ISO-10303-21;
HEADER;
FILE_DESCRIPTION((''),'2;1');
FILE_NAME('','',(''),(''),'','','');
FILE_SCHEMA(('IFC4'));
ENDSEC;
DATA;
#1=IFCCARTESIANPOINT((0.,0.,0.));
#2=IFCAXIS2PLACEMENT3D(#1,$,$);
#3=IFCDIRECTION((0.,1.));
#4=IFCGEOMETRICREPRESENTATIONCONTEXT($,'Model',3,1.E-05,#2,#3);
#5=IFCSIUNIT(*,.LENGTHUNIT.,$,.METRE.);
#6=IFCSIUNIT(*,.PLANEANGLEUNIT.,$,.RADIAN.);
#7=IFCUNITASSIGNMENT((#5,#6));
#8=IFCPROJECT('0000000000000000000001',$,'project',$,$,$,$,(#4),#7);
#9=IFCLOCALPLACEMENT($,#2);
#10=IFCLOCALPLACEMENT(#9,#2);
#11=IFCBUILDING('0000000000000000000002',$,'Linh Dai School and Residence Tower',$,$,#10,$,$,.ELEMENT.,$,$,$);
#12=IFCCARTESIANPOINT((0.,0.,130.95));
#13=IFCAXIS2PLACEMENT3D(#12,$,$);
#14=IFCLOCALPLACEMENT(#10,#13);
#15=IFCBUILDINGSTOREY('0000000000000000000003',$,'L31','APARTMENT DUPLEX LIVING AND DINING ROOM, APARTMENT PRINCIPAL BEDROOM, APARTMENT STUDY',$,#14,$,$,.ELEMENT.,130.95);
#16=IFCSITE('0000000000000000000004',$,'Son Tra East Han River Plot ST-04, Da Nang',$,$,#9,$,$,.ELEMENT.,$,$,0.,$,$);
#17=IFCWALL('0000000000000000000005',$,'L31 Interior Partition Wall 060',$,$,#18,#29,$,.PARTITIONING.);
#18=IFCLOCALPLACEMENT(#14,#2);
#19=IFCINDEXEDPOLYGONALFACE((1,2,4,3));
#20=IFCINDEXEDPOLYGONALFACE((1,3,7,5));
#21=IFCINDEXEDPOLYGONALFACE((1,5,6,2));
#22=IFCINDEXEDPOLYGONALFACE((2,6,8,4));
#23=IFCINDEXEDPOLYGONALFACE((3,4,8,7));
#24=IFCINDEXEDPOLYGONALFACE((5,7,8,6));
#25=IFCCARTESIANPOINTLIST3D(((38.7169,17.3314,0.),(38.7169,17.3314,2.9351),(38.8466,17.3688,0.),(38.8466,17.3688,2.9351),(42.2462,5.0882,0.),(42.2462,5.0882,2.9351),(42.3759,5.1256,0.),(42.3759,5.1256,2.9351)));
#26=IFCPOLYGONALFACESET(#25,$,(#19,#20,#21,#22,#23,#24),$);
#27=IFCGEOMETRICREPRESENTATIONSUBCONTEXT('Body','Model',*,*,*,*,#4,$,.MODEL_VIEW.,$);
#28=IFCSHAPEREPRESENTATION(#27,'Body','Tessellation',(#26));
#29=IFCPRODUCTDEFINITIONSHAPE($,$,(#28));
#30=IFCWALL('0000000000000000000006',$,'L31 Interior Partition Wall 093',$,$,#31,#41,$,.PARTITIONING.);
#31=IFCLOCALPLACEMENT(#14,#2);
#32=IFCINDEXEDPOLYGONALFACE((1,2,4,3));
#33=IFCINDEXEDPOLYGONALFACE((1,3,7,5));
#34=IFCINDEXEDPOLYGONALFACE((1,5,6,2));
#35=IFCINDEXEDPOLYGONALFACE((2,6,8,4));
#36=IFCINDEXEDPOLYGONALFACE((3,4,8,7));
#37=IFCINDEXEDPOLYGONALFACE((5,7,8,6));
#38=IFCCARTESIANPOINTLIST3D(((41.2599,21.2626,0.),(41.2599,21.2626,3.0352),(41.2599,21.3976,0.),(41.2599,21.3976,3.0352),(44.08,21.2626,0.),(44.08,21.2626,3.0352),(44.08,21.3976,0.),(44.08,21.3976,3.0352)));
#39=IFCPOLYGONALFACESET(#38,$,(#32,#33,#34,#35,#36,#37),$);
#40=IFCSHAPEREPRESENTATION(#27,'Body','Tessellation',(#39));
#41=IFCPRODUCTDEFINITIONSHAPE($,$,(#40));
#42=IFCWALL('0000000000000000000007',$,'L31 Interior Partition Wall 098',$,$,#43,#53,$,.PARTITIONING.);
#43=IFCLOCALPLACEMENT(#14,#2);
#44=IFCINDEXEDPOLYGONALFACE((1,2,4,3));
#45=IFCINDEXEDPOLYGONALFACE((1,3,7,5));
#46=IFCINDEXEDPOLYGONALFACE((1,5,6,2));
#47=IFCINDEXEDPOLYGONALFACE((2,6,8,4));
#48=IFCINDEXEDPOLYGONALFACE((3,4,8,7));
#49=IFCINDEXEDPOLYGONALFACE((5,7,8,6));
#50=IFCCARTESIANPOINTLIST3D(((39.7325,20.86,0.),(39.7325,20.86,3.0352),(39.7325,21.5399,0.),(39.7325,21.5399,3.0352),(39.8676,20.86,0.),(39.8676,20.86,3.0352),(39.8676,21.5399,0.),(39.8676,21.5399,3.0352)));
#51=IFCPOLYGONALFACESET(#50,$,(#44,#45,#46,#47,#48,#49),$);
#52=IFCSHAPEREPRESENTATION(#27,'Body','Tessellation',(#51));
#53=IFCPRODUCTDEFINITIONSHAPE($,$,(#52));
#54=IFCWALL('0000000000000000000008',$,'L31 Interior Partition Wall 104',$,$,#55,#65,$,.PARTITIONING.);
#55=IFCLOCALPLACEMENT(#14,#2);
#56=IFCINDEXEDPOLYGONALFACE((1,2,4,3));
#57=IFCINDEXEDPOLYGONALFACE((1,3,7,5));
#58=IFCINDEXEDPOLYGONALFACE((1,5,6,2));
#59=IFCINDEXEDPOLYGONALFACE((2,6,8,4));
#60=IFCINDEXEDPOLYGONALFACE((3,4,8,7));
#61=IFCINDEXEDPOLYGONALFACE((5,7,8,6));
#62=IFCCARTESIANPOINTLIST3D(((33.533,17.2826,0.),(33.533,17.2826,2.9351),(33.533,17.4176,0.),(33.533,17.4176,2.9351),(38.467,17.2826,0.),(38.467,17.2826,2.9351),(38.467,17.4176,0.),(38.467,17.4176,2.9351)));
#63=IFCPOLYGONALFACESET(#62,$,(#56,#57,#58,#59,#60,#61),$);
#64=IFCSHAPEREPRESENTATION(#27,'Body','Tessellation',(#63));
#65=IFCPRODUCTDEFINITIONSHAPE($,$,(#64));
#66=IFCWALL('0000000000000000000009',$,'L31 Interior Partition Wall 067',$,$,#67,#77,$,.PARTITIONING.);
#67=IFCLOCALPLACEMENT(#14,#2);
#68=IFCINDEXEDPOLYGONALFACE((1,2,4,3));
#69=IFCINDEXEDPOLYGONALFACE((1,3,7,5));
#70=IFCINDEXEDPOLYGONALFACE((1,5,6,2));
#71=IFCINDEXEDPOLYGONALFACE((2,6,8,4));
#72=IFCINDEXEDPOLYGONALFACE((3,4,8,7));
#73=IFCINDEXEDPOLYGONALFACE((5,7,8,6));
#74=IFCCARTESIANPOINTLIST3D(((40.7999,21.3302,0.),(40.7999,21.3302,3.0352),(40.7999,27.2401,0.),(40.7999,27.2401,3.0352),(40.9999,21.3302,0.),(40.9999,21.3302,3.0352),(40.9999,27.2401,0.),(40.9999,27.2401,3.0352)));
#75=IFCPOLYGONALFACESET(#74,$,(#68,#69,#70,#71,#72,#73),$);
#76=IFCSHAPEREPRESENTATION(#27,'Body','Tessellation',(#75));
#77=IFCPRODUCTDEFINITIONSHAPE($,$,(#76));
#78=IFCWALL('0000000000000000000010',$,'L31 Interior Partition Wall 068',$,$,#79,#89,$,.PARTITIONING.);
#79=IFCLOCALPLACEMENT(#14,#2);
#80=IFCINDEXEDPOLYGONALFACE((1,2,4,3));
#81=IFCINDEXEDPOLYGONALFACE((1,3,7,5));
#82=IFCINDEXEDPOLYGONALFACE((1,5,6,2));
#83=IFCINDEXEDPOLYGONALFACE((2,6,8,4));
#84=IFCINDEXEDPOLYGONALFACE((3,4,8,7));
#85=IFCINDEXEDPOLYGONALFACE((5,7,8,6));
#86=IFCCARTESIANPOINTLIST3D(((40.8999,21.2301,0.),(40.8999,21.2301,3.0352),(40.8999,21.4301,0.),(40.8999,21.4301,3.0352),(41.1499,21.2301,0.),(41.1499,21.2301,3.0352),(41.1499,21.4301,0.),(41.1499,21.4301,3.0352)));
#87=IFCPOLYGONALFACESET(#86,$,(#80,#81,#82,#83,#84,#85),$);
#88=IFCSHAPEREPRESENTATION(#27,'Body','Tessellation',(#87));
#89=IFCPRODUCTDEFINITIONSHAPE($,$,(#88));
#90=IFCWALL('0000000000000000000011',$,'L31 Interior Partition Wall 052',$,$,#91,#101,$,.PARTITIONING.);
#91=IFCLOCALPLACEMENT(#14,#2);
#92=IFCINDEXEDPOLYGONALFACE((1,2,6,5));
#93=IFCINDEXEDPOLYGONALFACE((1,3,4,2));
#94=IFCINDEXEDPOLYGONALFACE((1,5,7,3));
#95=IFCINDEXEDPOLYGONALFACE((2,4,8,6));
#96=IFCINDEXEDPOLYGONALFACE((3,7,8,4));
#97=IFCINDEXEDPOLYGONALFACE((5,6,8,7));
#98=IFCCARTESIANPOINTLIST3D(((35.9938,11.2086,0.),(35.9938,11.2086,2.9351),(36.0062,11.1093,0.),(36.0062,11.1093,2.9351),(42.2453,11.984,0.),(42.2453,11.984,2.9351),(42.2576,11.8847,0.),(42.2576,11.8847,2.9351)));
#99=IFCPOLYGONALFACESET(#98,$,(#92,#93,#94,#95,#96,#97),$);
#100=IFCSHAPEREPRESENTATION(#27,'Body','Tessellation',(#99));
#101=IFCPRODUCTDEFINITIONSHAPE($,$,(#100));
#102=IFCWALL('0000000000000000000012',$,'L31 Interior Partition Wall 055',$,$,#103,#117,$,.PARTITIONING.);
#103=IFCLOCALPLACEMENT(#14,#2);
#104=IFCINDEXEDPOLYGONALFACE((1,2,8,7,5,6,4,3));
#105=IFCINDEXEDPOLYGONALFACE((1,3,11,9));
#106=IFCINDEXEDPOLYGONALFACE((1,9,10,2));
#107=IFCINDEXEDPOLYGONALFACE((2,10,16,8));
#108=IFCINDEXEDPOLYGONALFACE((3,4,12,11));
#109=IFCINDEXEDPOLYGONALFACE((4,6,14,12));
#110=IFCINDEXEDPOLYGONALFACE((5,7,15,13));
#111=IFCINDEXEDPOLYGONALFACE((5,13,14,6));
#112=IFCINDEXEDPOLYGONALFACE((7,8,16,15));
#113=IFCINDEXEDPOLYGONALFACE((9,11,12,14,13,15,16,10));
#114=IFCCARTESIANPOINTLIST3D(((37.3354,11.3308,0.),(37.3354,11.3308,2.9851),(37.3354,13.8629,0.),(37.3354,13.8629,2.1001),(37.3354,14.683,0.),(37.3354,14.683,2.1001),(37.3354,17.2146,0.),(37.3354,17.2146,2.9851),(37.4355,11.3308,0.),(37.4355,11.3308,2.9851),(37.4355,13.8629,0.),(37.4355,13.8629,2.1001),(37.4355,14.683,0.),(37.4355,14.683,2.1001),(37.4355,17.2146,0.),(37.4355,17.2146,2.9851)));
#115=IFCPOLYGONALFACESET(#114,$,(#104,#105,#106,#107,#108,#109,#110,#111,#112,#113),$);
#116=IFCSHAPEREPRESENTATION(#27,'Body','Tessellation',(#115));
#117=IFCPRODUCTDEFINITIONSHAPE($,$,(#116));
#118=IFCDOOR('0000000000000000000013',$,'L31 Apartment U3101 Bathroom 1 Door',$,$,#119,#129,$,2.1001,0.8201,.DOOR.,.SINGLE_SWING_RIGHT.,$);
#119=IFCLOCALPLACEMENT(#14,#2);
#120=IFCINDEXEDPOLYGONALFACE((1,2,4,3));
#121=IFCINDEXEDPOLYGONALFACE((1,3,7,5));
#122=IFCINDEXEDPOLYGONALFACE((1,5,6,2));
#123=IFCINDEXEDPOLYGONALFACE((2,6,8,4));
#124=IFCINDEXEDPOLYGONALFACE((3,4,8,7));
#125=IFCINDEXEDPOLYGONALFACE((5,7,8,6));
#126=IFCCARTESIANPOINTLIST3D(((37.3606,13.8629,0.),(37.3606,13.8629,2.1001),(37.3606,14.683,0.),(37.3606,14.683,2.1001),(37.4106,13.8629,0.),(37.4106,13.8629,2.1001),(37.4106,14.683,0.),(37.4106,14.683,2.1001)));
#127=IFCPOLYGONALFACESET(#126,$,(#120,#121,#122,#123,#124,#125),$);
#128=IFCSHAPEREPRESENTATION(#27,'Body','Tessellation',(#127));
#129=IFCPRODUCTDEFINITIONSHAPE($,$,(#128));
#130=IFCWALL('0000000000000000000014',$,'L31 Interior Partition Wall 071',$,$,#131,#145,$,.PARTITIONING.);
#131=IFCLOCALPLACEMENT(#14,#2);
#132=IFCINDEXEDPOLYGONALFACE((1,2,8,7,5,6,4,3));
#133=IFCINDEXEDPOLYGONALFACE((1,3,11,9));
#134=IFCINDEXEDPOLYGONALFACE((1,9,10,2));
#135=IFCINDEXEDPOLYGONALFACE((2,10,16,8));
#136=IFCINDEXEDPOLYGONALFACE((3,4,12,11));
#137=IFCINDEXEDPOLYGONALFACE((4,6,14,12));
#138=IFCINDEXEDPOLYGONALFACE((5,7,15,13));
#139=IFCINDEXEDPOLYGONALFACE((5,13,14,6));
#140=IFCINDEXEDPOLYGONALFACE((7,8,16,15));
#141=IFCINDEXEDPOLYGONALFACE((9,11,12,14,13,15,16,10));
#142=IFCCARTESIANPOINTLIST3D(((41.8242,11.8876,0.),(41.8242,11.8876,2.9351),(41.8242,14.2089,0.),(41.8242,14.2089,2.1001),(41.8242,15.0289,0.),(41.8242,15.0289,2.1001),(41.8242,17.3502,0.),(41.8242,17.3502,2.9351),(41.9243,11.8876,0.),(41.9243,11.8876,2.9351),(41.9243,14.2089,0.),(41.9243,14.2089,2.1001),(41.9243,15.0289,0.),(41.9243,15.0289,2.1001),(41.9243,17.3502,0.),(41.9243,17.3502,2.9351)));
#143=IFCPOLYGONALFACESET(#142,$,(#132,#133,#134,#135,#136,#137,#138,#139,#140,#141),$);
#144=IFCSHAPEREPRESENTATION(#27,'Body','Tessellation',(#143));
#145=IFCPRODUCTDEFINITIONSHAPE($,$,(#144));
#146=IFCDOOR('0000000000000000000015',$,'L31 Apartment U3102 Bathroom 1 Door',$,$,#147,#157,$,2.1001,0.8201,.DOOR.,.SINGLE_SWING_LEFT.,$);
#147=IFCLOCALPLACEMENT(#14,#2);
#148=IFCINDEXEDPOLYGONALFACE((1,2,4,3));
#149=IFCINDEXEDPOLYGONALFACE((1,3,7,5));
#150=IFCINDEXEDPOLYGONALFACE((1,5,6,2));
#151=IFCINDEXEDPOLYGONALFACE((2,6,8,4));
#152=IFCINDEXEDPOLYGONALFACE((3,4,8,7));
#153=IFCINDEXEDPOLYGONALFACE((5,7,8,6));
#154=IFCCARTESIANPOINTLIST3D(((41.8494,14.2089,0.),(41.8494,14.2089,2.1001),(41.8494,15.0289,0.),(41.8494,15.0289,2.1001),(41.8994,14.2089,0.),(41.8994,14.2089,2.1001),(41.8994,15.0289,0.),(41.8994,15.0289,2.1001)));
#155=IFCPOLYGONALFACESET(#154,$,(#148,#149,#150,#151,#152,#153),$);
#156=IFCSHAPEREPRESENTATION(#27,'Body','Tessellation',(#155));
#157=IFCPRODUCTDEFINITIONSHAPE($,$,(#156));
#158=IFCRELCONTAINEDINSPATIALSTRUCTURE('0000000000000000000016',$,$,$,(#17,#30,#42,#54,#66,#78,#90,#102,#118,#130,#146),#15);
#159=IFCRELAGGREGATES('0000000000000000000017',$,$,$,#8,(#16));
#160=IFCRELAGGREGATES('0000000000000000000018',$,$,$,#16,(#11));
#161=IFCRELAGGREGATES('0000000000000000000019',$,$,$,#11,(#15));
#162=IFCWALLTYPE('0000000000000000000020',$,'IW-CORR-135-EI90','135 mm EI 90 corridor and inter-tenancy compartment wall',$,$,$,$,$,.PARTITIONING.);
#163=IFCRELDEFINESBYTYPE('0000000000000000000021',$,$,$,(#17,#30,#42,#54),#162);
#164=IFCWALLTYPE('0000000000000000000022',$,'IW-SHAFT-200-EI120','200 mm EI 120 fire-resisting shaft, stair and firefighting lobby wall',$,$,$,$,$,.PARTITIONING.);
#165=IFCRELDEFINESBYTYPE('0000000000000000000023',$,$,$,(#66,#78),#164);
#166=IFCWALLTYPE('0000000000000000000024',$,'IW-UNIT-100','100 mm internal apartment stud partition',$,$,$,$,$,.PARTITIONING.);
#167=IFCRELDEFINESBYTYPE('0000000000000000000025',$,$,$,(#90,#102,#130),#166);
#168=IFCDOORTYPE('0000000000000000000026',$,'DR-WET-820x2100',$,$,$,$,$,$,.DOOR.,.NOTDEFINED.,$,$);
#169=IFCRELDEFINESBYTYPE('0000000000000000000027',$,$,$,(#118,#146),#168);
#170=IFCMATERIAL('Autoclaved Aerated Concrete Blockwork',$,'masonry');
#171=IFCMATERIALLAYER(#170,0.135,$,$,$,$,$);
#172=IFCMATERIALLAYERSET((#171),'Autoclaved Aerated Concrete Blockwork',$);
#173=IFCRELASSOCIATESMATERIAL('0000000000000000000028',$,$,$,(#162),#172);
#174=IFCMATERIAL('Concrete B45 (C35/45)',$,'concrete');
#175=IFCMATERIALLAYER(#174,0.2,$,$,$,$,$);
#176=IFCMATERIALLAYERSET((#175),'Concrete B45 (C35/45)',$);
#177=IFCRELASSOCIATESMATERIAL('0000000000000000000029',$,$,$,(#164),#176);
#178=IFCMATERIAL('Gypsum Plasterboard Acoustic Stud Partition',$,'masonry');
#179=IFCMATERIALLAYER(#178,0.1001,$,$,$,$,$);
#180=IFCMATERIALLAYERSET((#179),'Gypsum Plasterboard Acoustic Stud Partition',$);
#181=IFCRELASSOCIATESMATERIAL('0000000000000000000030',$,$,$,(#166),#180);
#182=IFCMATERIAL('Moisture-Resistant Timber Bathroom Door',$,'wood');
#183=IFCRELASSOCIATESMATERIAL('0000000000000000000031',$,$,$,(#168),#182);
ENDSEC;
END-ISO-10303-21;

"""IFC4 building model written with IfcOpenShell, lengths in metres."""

from ifc_helpers import new_model, si_unit, direction, frame, frame_2d, origin, origin_2d, place, context, subcontext, project, spatial, rectangle, extrude, source, transform, mapped, material, layer, layer_set, type_object, element, fill, save


model = new_model("IFC4")

# Units and contexts
model_context = context("Model", 3, precision=1e-05, world=origin(), true_north=direction((0.0, 1.0)))
body_context = subcontext(model_context, "Body", "Model", "MODEL_VIEW")
ifc_project = project(units=[si_unit("LENGTHUNIT", "METRE"), si_unit("PLANEANGLEUNIT", "RADIAN")], contexts=[model_context])

# Site, building, storey
site_placement = place(None, origin())
site = spatial("IfcSite", under=ifc_project, at=site_placement, Name="Son Tra East Han River Plot ST-04, Da Nang", CompositionType="ELEMENT", RefElevation=0.0)
building_placement = place(site_placement, origin())
building = spatial("IfcBuilding", under=site, at=building_placement, Name="Linh Dai School and Residence Tower", CompositionType="ELEMENT")
storey_placement = place(building_placement, frame((0.0, 0.0, 130.95)))
storey = spatial("IfcBuildingStorey", under=building, at=storey_placement, Name="L31", Description="APARTMENT DUPLEX LIVING AND DINING ROOM, APARTMENT PRINCIPAL BEDROOM, APARTMENT STUDY", CompositionType="ELEMENT", Elevation=130.95)

# Walls
ifc_material_1 = material(Name="Autoclaved Aerated Concrete Blockwork", Category="masonry")
ifc_layer_1 = layer(ifc_material_1, 0.135)
ifc_layer_set_1 = layer_set([ifc_layer_1], Name="Autoclaved Aerated Concrete Blockwork")
wall_type_1 = type_object("IfcWallType", Name="IW-CORR-135-EI90", Description="135 mm EI 90 corridor and inter-tenancy compartment wall", PredefinedType="PARTITIONING", material=ifc_layer_set_1)
wall_1_placement = place(storey_placement, frame((38.7817, 17.3501, 0.0), z_axis=(0.0, 0.0, 1.0), x_axis=(0.276988, -0.960873, 0.0)))
element("IfcWall", 1, at=wall_1_placement, inside=storey, type_object=wall_type_1, Name="L31 Interior Partition Wall 060", PredefinedType="PARTITIONING", context=body_context, shape_type="SweptSolid", body=[
    extrude(rectangle(XDim=12.7417, YDim=0.135, at=frame_2d((6.3708, 0.0))), origin(), (0.0, 0.0, 1.0), 2.9351),
])
wall_2_placement = place(storey_placement, frame((44.0801, 21.3301, 0.0), z_axis=(0.0, 0.0, 1.0), x_axis=(-1.0, 0.0, 0.0)))
element("IfcWall", 2, at=wall_2_placement, inside=storey, type_object=wall_type_1, Name="L31 Interior Partition Wall 093", PredefinedType="PARTITIONING", context=body_context, shape_type="SweptSolid", body=[
    extrude(rectangle(XDim=2.8201, YDim=0.135, at=frame_2d((1.4102, 0.0))), origin(), (0.0, 0.0, 1.0), 3.0352),
])
wall_3_placement = place(storey_placement, frame((39.8, 20.8601, 0.0), z_axis=(0.0, 0.0, 1.0), x_axis=(0.0, 1.0, 0.0)))
element("IfcWall", 3, at=wall_3_placement, inside=storey, type_object=wall_type_1, Name="L31 Interior Partition Wall 098", PredefinedType="PARTITIONING", context=body_context, shape_type="SweptSolid", body=[
    extrude(rectangle(XDim=0.6799, YDim=0.135, at=frame_2d((0.3398, 0.0))), origin(), (0.0, 0.0, 1.0), 3.0352),
])
wall_4_placement = place(storey_placement, frame((38.467, 17.3501, 0.0), z_axis=(0.0, 0.0, 1.0), x_axis=(-1.0, 0.0, 0.0)))
element("IfcWall", 4, at=wall_4_placement, inside=storey, type_object=wall_type_1, Name="L31 Interior Partition Wall 104", PredefinedType="PARTITIONING", context=body_context, shape_type="SweptSolid", body=[
    extrude(rectangle(XDim=4.9341, YDim=0.135, at=frame_2d((2.467, 0.0))), origin(), (0.0, 0.0, 1.0), 2.9351),
])
ifc_material_2 = material(Name="Concrete B45 (C35/45)", Category="concrete")
ifc_layer_2 = layer(ifc_material_2, 0.2)
ifc_layer_set_2 = layer_set([ifc_layer_2], Name="Concrete B45 (C35/45)")
wall_type_2 = type_object("IfcWallType", Name="IW-SHAFT-200-EI120", Description="200 mm EI 120 fire-resisting shaft, stair and firefighting lobby wall", PredefinedType="PARTITIONING", material=ifc_layer_set_2)
wall_5_placement = place(storey_placement, frame((40.8999, 21.3301, 0.0), z_axis=(0.0, 0.0, 1.0), x_axis=(0.0, 1.0, 0.0)))
element("IfcWall", 5, at=wall_5_placement, inside=storey, type_object=wall_type_2, Name="L31 Interior Partition Wall 067", PredefinedType="PARTITIONING", context=body_context, shape_type="SweptSolid", body=[
    extrude(rectangle(XDim=5.9099, YDim=0.2, at=frame_2d((2.9551, 0.0))), origin(), (0.0, 0.0, 1.0), 3.0352),
])
wall_6_placement = place(storey_placement, frame((40.8999, 21.3301, 0.0), z_axis=(0.0, 0.0, 1.0), x_axis=(1.0, 0.0, 0.0)))
element("IfcWall", 6, at=wall_6_placement, inside=storey, type_object=wall_type_2, Name="L31 Interior Partition Wall 068", PredefinedType="PARTITIONING", context=body_context, shape_type="SweptSolid", body=[
    extrude(rectangle(XDim=0.25, YDim=0.2, at=frame_2d((0.125, 0.0))), origin(), (0.0, 0.0, 1.0), 3.0352),
])
ifc_material_3 = material(Name="Gypsum Plasterboard Acoustic Stud Partition", Category="masonry")
ifc_layer_3 = layer(ifc_material_3, 0.1001)
ifc_layer_set_3 = layer_set([ifc_layer_3], Name="Gypsum Plasterboard Acoustic Stud Partition")
wall_type_3 = type_object("IfcWallType", Name="IW-UNIT-100", Description="100 mm internal apartment stud partition", PredefinedType="PARTITIONING", material=ifc_layer_set_3)
wall_7_placement = place(storey_placement, frame((36.0, 11.1589, 0.0), z_axis=(0.0, 0.0, 1.0), x_axis=(0.992395, 0.12309, 0.0)))
element("IfcWall", 7, at=wall_7_placement, inside=storey, type_object=wall_type_3, Name="L31 Interior Partition Wall 052", PredefinedType="PARTITIONING", context=body_context, shape_type="SweptSolid", body=[
    extrude(rectangle(XDim=6.2993, YDim=0.1001, at=frame_2d((3.1497, 0.0))), origin(), (0.0, 0.0, 1.0), 2.9351),
])

# Walls, openings, doors
wall_8_placement = place(storey_placement, frame((37.3855, 11.3308, 0.0), z_axis=(0.0, 0.0, 1.0), x_axis=(0.0, 1.0, 0.0)))
wall_8 = element("IfcWall", 8, at=wall_8_placement, inside=storey, type_object=wall_type_3, Name="L31 Interior Partition Wall 055", PredefinedType="PARTITIONING", context=body_context, shape_type="SweptSolid", body=[
    extrude(rectangle(XDim=5.8838, YDim=0.1001, at=frame_2d((2.9419, 0.0))), origin(), (0.0, 0.0, 1.0), 2.9851),
])
opening_1_placement = place(wall_8_placement, frame((2.532, 0.0, 0.0)))
opening_1 = element("IfcOpeningElement", 9, at=opening_1_placement, cuts=wall_8, PredefinedType="OPENING", context=body_context, shape_type="SweptSolid", body=[
    extrude(rectangle(XDim=0.8201, YDim=2.1001, at=origin_2d()), frame((0.4102, 0.0601, 1.05), z_axis=(0.0, -1.0, 0.0), x_axis=(1.0, 0.0, 0.0)), (0.0, 0.0, 1.0), 0.1201),
])
ifc_material_4 = material(Name="Moisture-Resistant Timber Bathroom Door", Category="wood")
door_type_1 = type_object("IfcDoorType", Name="DR-WET-820x2100", OperationType="NOTDEFINED", PredefinedType="DOOR", material=ifc_material_4)
shared_shape_1 = source(origin(), body_context, "Body", "SweptSolid", [
    extrude(rectangle(XDim=0.8201, YDim=2.1001, at=origin_2d()), frame((0.4102, 0.0249, 1.05), z_axis=(0.0, -1.0, 0.0), x_axis=(1.0, 0.0, 0.0)), (0.0, 0.0, 1.0), 0.05),
])
door_1_placement = place(opening_1_placement, origin())
door_1 = element("IfcDoor", 10, at=door_1_placement, inside=storey, type_object=door_type_1, Name="L31 Apartment U3101 Bathroom 1 Door", OperationType="SINGLE_SWING_RIGHT", OverallHeight=2.1001, OverallWidth=0.8201, PredefinedType="DOOR", context=body_context, shape_type="MappedRepresentation", body=[
    mapped(shared_shape_1, transform((0.0, 0.0, 0.0), x_axis=(1.0, 0.0, 0.0), y_axis=(0.0, 1.0, 0.0), z_axis=(0.0, 0.0, 1.0), scale=1.0)),
])
fill(opening_1, door_1)
wall_9_placement = place(storey_placement, frame((41.8743, 11.8875, 0.0), z_axis=(0.0, 0.0, 1.0), x_axis=(0.0, 1.0, 0.0)))
wall_9 = element("IfcWall", 11, at=wall_9_placement, inside=storey, type_object=wall_type_3, Name="L31 Interior Partition Wall 071", PredefinedType="PARTITIONING", context=body_context, shape_type="SweptSolid", body=[
    extrude(rectangle(XDim=5.4626, YDim=0.1001, at=frame_2d((2.7314, 0.0))), origin(), (0.0, 0.0, 1.0), 2.9351),
])
opening_2_placement = place(wall_9_placement, frame((2.3213, 0.0, 0.0)))
opening_2 = element("IfcOpeningElement", 12, at=opening_2_placement, cuts=wall_9, PredefinedType="OPENING", context=body_context, shape_type="SweptSolid", body=[
    extrude(rectangle(XDim=0.8201, YDim=2.1001, at=origin_2d()), frame((0.4102, 0.0601, 1.05), z_axis=(0.0, -1.0, 0.0), x_axis=(1.0, 0.0, 0.0)), (0.0, 0.0, 1.0), 0.1201),
])
door_2_placement = place(opening_2_placement, origin())
door_2 = element("IfcDoor", 13, at=door_2_placement, inside=storey, type_object=door_type_1, Name="L31 Apartment U3102 Bathroom 1 Door", OperationType="SINGLE_SWING_LEFT", OverallHeight=2.1001, OverallWidth=0.8201, PredefinedType="DOOR", context=body_context, shape_type="MappedRepresentation", body=[
    mapped(shared_shape_1, transform((0.0, 0.0, 0.0), x_axis=(1.0, 0.0, 0.0), y_axis=(0.0, 1.0, 0.0), z_axis=(0.0, 0.0, 1.0), scale=1.0)),
])
fill(opening_2, door_2)

save(model, "model.ifc")
